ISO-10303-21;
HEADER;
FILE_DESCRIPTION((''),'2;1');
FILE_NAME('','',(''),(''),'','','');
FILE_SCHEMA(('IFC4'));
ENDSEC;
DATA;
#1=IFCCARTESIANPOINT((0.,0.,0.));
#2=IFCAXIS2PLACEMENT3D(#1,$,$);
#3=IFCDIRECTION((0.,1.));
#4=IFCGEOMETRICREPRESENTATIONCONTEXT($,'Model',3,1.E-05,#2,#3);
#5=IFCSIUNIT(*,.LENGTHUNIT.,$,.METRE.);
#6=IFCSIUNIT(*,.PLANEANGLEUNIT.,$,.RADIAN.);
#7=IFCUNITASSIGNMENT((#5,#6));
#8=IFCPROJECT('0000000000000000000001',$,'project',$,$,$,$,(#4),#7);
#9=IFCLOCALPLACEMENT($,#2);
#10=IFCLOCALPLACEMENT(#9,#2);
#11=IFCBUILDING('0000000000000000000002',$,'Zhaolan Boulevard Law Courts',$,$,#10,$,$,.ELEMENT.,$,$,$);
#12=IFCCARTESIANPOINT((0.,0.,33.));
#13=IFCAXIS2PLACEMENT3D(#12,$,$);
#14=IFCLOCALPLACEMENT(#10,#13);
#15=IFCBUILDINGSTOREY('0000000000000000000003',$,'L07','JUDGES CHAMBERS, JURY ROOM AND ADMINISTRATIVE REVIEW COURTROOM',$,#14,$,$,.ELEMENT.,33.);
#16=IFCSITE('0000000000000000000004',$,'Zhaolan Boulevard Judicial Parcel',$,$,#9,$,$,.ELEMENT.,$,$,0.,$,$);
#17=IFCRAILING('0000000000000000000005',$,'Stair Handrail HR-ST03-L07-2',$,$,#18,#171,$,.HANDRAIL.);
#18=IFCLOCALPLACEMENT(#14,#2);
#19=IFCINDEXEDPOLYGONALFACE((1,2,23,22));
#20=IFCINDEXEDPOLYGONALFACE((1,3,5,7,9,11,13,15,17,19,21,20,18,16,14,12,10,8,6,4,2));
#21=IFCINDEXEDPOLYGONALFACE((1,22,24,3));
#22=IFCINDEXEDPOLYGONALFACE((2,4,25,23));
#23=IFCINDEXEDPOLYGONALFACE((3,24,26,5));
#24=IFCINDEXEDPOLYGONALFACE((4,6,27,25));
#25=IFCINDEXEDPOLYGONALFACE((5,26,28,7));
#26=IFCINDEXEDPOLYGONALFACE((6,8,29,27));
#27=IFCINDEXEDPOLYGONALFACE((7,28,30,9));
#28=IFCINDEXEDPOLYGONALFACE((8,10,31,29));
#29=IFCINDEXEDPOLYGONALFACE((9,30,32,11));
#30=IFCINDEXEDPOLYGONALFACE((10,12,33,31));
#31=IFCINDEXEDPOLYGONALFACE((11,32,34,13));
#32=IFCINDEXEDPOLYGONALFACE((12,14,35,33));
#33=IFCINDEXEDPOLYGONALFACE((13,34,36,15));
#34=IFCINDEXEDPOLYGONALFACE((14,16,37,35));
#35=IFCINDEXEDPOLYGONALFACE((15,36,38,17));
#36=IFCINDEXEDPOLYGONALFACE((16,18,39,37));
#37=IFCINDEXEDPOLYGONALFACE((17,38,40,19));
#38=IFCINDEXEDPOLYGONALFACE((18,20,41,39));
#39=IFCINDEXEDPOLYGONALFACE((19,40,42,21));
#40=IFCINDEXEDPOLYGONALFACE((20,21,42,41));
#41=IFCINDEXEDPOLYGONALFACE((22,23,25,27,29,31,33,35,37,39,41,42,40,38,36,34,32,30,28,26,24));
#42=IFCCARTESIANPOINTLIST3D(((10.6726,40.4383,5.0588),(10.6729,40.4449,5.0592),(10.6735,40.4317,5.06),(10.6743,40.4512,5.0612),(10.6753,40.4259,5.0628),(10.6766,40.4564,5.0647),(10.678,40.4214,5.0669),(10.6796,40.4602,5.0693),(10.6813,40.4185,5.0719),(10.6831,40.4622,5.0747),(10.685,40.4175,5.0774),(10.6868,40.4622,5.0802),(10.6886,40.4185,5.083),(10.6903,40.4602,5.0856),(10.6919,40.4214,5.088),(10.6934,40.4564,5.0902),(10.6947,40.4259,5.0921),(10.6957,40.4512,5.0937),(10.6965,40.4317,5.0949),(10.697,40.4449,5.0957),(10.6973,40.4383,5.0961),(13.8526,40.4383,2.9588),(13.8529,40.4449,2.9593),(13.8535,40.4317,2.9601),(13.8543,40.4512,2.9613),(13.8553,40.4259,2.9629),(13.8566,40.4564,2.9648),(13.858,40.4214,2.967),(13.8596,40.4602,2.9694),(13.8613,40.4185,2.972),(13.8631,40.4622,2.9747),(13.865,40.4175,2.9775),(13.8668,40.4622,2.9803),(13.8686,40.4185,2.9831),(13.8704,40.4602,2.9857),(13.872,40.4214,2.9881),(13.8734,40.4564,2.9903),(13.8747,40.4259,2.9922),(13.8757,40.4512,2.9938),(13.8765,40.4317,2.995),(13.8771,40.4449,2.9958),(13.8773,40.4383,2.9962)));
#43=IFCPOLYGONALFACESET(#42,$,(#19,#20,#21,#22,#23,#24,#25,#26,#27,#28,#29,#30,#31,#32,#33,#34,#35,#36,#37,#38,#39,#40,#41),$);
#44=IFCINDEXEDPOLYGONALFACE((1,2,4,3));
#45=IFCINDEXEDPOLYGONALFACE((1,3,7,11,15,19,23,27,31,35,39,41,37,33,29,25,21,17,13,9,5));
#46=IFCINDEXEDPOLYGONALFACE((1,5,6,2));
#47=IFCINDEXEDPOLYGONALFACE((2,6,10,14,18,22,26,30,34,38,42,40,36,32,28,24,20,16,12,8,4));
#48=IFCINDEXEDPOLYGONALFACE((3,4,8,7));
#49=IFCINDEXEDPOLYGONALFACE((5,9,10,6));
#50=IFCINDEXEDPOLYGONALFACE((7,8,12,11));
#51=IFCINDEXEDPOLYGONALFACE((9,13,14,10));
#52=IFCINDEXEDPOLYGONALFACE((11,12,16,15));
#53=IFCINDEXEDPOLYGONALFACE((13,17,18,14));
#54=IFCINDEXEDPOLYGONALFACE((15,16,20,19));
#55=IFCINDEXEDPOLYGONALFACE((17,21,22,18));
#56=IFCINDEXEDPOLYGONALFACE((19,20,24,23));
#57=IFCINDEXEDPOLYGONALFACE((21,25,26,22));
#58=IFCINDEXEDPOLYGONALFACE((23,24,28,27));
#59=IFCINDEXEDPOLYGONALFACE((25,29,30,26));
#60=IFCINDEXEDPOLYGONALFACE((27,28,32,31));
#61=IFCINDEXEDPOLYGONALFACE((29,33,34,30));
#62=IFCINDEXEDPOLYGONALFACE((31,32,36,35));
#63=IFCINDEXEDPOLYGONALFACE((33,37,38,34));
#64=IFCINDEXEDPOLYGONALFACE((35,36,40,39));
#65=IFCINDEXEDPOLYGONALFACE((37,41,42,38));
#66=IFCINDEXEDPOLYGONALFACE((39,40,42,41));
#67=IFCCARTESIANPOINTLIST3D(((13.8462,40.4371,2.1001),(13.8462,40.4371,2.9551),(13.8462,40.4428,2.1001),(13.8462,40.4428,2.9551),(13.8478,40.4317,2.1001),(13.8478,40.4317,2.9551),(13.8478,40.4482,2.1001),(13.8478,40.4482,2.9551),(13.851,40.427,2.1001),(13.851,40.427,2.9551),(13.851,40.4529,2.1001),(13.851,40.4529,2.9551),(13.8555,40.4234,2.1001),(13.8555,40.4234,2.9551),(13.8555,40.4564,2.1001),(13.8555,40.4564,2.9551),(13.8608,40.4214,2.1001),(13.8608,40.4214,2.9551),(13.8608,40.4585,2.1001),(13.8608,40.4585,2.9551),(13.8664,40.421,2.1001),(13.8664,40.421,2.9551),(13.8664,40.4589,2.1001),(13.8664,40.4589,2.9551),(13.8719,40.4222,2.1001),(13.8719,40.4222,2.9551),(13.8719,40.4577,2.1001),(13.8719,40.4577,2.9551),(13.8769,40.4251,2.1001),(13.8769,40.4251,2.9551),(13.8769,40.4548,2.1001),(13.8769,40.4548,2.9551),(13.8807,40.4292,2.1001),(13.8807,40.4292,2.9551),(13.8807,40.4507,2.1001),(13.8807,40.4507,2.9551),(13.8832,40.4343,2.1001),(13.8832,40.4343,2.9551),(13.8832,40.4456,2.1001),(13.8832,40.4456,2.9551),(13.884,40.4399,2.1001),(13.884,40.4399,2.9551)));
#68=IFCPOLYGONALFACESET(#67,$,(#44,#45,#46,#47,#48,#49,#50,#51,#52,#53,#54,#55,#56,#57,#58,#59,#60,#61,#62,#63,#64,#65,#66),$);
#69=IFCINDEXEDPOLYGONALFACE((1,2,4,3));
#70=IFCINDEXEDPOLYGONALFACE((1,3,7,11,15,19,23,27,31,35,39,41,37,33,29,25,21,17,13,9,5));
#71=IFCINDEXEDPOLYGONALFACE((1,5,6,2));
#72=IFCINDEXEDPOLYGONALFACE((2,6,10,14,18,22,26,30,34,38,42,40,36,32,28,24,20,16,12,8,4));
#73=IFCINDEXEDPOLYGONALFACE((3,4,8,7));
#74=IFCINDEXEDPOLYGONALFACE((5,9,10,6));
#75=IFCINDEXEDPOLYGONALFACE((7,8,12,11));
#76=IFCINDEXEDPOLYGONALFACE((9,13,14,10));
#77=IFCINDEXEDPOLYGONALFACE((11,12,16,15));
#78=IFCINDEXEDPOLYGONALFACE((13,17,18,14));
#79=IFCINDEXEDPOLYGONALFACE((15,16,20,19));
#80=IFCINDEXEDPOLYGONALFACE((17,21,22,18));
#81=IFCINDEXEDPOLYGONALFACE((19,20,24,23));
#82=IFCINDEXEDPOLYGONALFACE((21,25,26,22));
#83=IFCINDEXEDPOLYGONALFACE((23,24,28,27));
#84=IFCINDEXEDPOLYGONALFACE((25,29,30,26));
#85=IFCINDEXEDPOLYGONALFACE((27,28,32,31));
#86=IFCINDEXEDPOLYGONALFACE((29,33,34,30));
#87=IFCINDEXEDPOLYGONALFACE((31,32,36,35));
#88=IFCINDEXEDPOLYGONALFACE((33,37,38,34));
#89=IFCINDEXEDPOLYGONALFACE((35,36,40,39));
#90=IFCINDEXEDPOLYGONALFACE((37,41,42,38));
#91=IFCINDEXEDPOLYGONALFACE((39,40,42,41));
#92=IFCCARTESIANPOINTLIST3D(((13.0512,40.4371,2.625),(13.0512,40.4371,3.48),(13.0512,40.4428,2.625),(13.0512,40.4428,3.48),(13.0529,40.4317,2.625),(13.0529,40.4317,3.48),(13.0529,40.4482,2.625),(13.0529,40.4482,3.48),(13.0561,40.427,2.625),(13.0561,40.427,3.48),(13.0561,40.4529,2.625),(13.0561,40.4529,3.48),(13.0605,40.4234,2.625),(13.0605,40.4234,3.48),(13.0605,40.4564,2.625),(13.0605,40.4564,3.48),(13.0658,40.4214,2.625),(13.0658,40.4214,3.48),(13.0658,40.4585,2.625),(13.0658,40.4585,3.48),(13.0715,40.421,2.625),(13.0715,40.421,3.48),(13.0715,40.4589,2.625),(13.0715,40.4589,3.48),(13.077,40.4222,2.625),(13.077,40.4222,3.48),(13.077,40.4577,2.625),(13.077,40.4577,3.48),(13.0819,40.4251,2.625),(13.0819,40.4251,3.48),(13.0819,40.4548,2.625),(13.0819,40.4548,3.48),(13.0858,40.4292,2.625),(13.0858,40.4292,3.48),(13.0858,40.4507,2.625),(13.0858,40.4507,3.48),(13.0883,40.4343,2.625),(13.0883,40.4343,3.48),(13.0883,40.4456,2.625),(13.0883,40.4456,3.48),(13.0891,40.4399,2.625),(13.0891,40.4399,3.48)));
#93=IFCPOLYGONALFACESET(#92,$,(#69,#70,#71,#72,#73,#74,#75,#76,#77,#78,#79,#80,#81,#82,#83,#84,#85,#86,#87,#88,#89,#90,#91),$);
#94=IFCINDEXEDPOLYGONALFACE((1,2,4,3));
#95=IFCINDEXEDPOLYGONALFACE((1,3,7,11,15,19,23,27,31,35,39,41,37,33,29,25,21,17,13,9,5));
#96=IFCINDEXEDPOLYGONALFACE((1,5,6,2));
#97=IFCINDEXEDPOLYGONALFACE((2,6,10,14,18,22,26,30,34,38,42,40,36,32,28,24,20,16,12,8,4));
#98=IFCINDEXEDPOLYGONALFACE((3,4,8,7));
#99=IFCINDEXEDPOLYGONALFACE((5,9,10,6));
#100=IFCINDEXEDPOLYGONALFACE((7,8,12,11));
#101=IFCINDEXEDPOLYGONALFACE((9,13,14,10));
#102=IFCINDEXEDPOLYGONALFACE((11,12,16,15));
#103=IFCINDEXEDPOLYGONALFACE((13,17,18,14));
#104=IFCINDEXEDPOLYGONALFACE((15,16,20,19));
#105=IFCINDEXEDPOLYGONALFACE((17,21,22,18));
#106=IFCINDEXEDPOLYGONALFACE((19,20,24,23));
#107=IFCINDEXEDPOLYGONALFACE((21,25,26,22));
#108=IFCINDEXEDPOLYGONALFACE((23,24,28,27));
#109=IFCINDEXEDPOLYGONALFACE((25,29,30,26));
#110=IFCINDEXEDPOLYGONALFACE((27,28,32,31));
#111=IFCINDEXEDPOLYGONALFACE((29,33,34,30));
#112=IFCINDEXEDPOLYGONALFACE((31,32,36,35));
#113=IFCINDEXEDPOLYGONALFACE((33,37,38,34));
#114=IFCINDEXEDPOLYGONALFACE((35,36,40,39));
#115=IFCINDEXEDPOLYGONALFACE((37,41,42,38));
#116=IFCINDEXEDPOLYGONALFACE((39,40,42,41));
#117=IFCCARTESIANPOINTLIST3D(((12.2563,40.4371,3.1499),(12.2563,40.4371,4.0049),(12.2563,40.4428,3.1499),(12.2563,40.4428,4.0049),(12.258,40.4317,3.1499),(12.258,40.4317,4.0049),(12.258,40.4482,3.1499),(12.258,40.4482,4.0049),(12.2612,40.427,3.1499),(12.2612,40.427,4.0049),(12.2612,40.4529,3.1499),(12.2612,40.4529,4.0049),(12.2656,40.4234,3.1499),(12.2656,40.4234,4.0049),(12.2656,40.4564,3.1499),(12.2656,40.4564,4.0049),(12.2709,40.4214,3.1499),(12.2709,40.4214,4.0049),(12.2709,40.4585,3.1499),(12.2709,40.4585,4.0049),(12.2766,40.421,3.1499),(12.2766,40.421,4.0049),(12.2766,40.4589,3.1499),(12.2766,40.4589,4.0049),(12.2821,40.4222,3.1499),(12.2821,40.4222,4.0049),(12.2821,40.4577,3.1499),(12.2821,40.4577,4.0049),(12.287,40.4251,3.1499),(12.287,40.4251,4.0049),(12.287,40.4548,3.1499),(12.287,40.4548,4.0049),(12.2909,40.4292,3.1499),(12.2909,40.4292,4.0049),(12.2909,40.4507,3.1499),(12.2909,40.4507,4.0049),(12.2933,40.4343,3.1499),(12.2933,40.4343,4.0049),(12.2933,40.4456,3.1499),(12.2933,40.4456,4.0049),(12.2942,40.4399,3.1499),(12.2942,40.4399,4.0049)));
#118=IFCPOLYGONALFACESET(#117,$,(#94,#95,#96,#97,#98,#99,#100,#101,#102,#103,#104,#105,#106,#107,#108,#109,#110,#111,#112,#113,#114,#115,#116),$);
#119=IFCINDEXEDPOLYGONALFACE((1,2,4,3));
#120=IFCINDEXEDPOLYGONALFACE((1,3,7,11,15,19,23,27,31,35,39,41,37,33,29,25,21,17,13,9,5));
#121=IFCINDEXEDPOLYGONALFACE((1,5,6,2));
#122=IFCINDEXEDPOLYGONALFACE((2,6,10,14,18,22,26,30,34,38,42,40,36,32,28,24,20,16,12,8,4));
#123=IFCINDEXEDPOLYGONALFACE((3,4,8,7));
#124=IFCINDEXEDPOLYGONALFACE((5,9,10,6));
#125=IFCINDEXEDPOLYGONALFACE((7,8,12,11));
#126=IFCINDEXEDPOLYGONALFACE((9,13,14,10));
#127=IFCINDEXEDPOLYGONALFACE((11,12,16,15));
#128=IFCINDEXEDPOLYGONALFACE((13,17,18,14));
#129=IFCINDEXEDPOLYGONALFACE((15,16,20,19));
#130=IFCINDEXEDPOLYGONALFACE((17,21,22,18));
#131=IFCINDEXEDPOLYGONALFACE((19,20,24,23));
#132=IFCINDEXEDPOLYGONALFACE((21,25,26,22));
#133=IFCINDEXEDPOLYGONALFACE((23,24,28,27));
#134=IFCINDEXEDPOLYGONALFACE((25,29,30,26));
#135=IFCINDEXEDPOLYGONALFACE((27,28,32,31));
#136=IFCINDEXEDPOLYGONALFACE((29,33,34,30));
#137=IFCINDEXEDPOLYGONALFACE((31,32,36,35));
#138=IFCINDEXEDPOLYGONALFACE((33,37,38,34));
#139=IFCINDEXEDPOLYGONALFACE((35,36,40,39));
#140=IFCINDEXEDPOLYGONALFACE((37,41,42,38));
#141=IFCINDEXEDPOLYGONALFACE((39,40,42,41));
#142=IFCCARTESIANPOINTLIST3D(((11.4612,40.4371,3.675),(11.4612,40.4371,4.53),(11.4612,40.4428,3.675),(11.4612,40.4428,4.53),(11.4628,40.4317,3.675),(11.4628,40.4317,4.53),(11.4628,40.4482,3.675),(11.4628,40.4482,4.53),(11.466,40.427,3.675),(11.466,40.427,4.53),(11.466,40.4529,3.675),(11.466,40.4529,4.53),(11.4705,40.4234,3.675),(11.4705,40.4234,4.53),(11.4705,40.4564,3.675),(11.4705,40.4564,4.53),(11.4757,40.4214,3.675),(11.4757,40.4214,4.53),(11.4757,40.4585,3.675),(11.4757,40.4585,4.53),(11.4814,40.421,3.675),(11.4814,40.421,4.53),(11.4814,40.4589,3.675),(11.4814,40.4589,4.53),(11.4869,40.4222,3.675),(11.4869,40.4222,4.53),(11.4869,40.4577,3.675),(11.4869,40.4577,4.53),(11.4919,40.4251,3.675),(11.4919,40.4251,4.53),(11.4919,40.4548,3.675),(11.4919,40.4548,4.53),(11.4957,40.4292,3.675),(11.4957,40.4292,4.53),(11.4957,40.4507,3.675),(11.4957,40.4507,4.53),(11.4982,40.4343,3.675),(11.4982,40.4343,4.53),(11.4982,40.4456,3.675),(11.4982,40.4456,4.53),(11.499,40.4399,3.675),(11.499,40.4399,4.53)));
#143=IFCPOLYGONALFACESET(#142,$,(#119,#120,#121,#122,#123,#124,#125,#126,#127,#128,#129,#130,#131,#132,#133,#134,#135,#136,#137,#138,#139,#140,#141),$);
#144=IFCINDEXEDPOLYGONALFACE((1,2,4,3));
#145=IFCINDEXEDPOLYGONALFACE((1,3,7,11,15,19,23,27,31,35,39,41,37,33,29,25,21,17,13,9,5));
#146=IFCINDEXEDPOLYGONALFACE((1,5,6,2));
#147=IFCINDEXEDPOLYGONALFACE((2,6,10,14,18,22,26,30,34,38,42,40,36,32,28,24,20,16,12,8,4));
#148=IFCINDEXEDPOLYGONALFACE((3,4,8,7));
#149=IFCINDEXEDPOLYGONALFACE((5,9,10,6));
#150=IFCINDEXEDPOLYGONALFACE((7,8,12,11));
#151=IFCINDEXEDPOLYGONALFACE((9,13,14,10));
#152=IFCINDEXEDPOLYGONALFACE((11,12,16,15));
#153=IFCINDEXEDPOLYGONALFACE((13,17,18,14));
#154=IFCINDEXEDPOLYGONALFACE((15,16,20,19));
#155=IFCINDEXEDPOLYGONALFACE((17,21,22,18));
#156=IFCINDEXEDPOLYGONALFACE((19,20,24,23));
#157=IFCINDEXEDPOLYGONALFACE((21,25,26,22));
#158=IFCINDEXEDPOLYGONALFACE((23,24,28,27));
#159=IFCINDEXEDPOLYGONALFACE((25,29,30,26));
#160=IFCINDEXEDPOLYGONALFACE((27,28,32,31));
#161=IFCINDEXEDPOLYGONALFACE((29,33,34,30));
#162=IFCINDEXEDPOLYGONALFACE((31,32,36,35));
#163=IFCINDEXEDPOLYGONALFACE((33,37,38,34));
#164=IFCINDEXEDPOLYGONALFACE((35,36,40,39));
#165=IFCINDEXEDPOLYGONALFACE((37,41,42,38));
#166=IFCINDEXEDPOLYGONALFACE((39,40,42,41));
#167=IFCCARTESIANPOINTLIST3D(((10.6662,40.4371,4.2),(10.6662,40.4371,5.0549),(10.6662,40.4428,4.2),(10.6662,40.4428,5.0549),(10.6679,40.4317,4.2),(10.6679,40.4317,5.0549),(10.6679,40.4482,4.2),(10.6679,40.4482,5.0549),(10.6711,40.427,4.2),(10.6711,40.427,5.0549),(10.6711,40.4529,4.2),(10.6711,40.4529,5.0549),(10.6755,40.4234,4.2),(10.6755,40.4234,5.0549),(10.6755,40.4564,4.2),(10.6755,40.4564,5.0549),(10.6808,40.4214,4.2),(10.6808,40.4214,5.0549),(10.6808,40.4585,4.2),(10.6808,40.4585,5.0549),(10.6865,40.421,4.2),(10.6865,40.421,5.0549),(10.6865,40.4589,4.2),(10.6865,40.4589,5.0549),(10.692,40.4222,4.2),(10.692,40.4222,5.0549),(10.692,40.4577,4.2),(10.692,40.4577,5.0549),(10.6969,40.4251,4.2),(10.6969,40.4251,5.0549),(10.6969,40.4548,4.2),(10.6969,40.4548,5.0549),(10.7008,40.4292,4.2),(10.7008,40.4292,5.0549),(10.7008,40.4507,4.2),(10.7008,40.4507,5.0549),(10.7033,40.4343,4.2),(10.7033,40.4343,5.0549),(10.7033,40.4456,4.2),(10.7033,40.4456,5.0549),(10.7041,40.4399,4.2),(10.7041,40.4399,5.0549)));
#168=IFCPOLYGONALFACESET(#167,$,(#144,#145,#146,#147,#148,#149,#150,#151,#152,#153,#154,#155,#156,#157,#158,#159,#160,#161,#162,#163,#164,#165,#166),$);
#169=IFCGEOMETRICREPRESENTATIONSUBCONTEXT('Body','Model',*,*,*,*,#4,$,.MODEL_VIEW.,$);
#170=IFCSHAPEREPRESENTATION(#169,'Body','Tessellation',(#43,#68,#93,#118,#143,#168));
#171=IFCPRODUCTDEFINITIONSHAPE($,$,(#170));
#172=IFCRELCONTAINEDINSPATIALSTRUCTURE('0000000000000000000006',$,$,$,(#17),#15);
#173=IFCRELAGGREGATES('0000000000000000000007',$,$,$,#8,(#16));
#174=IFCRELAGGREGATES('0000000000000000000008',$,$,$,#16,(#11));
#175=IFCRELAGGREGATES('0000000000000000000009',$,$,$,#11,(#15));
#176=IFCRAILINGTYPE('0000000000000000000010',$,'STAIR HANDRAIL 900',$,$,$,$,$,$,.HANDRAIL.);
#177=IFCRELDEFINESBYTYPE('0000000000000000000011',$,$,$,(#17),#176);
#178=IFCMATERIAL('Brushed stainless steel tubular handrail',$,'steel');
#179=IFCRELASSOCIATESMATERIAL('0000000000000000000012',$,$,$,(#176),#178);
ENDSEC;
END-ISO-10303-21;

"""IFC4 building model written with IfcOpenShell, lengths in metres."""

from ifc_helpers import new_model, si_unit, direction, frame, origin, origin_2d, place, context, subcontext, project, spatial, circle, extrude, material, type_object, element, save


model = new_model("IFC4")

# Units and contexts
model_context = context("Model", 3, precision=1e-05, world=origin(), true_north=direction((0.0, 1.0)))
body_context = subcontext(model_context, "Body", "Model", "MODEL_VIEW")
ifc_project = project(units=[si_unit("LENGTHUNIT", "METRE"), si_unit("PLANEANGLEUNIT", "RADIAN")], contexts=[model_context])

# Site, building, storey
site_placement = place(None, origin())
site = spatial("IfcSite", under=ifc_project, at=site_placement, Name="Zhaolan Boulevard Judicial Parcel", CompositionType="ELEMENT", RefElevation=0.0)
building_placement = place(site_placement, origin())
building = spatial("IfcBuilding", under=site, at=building_placement, Name="Zhaolan Boulevard Law Courts", CompositionType="ELEMENT")
storey_placement = place(building_placement, frame((0.0, 0.0, 33.0)))
storey = spatial("IfcBuildingStorey", under=building, at=storey_placement, Name="L07", Description="JUDGES CHAMBERS, JURY ROOM AND ADMINISTRATIVE REVIEW COURTROOM", CompositionType="ELEMENT", Elevation=33.0)

# Railing
ifc_material_1 = material(Name="Brushed stainless steel tubular handrail", Category="steel")
railing_type_1 = type_object("IfcRailingType", Name="STAIR HANDRAIL 900", PredefinedType="HANDRAIL", material=ifc_material_1)
railing_1_placement = place(storey_placement, frame((13.865, 40.4399, 2.1001)))
element("IfcRailing", 1, at=railing_1_placement, inside=storey, type_object=railing_type_1, Name="Stair Handrail HR-ST03-L07-2", PredefinedType="HANDRAIL", context=body_context, shape_type="SweptSolid", body=[
    extrude(circle(Radius=0.0225, at=origin_2d()), frame((0.0, 0.0, 0.8774), z_axis=(-0.834477, 0.0, 0.551043), x_axis=(0.0, -1.0, 0.0)), (0.0, 0.0, 1.0), 3.8108),
    extrude(circle(Radius=0.019, at=origin_2d()), origin(), (0.0, 0.0, 1.0), 0.855),
    extrude(circle(Radius=0.019, at=origin_2d()), frame((-0.7949, 0.0, 0.5249)), (0.0, 0.0, 1.0), 0.855),
    extrude(circle(Radius=0.019, at=origin_2d()), frame((-1.5898, 0.0, 1.0498)), (0.0, 0.0, 1.0), 0.855),
    extrude(circle(Radius=0.019, at=origin_2d()), frame((-2.385, 0.0, 1.575)), (0.0, 0.0, 1.0), 0.855),
    extrude(circle(Radius=0.019, at=origin_2d()), frame((-3.1799, 0.0, 2.0999)), (0.0, 0.0, 1.0), 0.855),
])

save(model, "model.ifc")
